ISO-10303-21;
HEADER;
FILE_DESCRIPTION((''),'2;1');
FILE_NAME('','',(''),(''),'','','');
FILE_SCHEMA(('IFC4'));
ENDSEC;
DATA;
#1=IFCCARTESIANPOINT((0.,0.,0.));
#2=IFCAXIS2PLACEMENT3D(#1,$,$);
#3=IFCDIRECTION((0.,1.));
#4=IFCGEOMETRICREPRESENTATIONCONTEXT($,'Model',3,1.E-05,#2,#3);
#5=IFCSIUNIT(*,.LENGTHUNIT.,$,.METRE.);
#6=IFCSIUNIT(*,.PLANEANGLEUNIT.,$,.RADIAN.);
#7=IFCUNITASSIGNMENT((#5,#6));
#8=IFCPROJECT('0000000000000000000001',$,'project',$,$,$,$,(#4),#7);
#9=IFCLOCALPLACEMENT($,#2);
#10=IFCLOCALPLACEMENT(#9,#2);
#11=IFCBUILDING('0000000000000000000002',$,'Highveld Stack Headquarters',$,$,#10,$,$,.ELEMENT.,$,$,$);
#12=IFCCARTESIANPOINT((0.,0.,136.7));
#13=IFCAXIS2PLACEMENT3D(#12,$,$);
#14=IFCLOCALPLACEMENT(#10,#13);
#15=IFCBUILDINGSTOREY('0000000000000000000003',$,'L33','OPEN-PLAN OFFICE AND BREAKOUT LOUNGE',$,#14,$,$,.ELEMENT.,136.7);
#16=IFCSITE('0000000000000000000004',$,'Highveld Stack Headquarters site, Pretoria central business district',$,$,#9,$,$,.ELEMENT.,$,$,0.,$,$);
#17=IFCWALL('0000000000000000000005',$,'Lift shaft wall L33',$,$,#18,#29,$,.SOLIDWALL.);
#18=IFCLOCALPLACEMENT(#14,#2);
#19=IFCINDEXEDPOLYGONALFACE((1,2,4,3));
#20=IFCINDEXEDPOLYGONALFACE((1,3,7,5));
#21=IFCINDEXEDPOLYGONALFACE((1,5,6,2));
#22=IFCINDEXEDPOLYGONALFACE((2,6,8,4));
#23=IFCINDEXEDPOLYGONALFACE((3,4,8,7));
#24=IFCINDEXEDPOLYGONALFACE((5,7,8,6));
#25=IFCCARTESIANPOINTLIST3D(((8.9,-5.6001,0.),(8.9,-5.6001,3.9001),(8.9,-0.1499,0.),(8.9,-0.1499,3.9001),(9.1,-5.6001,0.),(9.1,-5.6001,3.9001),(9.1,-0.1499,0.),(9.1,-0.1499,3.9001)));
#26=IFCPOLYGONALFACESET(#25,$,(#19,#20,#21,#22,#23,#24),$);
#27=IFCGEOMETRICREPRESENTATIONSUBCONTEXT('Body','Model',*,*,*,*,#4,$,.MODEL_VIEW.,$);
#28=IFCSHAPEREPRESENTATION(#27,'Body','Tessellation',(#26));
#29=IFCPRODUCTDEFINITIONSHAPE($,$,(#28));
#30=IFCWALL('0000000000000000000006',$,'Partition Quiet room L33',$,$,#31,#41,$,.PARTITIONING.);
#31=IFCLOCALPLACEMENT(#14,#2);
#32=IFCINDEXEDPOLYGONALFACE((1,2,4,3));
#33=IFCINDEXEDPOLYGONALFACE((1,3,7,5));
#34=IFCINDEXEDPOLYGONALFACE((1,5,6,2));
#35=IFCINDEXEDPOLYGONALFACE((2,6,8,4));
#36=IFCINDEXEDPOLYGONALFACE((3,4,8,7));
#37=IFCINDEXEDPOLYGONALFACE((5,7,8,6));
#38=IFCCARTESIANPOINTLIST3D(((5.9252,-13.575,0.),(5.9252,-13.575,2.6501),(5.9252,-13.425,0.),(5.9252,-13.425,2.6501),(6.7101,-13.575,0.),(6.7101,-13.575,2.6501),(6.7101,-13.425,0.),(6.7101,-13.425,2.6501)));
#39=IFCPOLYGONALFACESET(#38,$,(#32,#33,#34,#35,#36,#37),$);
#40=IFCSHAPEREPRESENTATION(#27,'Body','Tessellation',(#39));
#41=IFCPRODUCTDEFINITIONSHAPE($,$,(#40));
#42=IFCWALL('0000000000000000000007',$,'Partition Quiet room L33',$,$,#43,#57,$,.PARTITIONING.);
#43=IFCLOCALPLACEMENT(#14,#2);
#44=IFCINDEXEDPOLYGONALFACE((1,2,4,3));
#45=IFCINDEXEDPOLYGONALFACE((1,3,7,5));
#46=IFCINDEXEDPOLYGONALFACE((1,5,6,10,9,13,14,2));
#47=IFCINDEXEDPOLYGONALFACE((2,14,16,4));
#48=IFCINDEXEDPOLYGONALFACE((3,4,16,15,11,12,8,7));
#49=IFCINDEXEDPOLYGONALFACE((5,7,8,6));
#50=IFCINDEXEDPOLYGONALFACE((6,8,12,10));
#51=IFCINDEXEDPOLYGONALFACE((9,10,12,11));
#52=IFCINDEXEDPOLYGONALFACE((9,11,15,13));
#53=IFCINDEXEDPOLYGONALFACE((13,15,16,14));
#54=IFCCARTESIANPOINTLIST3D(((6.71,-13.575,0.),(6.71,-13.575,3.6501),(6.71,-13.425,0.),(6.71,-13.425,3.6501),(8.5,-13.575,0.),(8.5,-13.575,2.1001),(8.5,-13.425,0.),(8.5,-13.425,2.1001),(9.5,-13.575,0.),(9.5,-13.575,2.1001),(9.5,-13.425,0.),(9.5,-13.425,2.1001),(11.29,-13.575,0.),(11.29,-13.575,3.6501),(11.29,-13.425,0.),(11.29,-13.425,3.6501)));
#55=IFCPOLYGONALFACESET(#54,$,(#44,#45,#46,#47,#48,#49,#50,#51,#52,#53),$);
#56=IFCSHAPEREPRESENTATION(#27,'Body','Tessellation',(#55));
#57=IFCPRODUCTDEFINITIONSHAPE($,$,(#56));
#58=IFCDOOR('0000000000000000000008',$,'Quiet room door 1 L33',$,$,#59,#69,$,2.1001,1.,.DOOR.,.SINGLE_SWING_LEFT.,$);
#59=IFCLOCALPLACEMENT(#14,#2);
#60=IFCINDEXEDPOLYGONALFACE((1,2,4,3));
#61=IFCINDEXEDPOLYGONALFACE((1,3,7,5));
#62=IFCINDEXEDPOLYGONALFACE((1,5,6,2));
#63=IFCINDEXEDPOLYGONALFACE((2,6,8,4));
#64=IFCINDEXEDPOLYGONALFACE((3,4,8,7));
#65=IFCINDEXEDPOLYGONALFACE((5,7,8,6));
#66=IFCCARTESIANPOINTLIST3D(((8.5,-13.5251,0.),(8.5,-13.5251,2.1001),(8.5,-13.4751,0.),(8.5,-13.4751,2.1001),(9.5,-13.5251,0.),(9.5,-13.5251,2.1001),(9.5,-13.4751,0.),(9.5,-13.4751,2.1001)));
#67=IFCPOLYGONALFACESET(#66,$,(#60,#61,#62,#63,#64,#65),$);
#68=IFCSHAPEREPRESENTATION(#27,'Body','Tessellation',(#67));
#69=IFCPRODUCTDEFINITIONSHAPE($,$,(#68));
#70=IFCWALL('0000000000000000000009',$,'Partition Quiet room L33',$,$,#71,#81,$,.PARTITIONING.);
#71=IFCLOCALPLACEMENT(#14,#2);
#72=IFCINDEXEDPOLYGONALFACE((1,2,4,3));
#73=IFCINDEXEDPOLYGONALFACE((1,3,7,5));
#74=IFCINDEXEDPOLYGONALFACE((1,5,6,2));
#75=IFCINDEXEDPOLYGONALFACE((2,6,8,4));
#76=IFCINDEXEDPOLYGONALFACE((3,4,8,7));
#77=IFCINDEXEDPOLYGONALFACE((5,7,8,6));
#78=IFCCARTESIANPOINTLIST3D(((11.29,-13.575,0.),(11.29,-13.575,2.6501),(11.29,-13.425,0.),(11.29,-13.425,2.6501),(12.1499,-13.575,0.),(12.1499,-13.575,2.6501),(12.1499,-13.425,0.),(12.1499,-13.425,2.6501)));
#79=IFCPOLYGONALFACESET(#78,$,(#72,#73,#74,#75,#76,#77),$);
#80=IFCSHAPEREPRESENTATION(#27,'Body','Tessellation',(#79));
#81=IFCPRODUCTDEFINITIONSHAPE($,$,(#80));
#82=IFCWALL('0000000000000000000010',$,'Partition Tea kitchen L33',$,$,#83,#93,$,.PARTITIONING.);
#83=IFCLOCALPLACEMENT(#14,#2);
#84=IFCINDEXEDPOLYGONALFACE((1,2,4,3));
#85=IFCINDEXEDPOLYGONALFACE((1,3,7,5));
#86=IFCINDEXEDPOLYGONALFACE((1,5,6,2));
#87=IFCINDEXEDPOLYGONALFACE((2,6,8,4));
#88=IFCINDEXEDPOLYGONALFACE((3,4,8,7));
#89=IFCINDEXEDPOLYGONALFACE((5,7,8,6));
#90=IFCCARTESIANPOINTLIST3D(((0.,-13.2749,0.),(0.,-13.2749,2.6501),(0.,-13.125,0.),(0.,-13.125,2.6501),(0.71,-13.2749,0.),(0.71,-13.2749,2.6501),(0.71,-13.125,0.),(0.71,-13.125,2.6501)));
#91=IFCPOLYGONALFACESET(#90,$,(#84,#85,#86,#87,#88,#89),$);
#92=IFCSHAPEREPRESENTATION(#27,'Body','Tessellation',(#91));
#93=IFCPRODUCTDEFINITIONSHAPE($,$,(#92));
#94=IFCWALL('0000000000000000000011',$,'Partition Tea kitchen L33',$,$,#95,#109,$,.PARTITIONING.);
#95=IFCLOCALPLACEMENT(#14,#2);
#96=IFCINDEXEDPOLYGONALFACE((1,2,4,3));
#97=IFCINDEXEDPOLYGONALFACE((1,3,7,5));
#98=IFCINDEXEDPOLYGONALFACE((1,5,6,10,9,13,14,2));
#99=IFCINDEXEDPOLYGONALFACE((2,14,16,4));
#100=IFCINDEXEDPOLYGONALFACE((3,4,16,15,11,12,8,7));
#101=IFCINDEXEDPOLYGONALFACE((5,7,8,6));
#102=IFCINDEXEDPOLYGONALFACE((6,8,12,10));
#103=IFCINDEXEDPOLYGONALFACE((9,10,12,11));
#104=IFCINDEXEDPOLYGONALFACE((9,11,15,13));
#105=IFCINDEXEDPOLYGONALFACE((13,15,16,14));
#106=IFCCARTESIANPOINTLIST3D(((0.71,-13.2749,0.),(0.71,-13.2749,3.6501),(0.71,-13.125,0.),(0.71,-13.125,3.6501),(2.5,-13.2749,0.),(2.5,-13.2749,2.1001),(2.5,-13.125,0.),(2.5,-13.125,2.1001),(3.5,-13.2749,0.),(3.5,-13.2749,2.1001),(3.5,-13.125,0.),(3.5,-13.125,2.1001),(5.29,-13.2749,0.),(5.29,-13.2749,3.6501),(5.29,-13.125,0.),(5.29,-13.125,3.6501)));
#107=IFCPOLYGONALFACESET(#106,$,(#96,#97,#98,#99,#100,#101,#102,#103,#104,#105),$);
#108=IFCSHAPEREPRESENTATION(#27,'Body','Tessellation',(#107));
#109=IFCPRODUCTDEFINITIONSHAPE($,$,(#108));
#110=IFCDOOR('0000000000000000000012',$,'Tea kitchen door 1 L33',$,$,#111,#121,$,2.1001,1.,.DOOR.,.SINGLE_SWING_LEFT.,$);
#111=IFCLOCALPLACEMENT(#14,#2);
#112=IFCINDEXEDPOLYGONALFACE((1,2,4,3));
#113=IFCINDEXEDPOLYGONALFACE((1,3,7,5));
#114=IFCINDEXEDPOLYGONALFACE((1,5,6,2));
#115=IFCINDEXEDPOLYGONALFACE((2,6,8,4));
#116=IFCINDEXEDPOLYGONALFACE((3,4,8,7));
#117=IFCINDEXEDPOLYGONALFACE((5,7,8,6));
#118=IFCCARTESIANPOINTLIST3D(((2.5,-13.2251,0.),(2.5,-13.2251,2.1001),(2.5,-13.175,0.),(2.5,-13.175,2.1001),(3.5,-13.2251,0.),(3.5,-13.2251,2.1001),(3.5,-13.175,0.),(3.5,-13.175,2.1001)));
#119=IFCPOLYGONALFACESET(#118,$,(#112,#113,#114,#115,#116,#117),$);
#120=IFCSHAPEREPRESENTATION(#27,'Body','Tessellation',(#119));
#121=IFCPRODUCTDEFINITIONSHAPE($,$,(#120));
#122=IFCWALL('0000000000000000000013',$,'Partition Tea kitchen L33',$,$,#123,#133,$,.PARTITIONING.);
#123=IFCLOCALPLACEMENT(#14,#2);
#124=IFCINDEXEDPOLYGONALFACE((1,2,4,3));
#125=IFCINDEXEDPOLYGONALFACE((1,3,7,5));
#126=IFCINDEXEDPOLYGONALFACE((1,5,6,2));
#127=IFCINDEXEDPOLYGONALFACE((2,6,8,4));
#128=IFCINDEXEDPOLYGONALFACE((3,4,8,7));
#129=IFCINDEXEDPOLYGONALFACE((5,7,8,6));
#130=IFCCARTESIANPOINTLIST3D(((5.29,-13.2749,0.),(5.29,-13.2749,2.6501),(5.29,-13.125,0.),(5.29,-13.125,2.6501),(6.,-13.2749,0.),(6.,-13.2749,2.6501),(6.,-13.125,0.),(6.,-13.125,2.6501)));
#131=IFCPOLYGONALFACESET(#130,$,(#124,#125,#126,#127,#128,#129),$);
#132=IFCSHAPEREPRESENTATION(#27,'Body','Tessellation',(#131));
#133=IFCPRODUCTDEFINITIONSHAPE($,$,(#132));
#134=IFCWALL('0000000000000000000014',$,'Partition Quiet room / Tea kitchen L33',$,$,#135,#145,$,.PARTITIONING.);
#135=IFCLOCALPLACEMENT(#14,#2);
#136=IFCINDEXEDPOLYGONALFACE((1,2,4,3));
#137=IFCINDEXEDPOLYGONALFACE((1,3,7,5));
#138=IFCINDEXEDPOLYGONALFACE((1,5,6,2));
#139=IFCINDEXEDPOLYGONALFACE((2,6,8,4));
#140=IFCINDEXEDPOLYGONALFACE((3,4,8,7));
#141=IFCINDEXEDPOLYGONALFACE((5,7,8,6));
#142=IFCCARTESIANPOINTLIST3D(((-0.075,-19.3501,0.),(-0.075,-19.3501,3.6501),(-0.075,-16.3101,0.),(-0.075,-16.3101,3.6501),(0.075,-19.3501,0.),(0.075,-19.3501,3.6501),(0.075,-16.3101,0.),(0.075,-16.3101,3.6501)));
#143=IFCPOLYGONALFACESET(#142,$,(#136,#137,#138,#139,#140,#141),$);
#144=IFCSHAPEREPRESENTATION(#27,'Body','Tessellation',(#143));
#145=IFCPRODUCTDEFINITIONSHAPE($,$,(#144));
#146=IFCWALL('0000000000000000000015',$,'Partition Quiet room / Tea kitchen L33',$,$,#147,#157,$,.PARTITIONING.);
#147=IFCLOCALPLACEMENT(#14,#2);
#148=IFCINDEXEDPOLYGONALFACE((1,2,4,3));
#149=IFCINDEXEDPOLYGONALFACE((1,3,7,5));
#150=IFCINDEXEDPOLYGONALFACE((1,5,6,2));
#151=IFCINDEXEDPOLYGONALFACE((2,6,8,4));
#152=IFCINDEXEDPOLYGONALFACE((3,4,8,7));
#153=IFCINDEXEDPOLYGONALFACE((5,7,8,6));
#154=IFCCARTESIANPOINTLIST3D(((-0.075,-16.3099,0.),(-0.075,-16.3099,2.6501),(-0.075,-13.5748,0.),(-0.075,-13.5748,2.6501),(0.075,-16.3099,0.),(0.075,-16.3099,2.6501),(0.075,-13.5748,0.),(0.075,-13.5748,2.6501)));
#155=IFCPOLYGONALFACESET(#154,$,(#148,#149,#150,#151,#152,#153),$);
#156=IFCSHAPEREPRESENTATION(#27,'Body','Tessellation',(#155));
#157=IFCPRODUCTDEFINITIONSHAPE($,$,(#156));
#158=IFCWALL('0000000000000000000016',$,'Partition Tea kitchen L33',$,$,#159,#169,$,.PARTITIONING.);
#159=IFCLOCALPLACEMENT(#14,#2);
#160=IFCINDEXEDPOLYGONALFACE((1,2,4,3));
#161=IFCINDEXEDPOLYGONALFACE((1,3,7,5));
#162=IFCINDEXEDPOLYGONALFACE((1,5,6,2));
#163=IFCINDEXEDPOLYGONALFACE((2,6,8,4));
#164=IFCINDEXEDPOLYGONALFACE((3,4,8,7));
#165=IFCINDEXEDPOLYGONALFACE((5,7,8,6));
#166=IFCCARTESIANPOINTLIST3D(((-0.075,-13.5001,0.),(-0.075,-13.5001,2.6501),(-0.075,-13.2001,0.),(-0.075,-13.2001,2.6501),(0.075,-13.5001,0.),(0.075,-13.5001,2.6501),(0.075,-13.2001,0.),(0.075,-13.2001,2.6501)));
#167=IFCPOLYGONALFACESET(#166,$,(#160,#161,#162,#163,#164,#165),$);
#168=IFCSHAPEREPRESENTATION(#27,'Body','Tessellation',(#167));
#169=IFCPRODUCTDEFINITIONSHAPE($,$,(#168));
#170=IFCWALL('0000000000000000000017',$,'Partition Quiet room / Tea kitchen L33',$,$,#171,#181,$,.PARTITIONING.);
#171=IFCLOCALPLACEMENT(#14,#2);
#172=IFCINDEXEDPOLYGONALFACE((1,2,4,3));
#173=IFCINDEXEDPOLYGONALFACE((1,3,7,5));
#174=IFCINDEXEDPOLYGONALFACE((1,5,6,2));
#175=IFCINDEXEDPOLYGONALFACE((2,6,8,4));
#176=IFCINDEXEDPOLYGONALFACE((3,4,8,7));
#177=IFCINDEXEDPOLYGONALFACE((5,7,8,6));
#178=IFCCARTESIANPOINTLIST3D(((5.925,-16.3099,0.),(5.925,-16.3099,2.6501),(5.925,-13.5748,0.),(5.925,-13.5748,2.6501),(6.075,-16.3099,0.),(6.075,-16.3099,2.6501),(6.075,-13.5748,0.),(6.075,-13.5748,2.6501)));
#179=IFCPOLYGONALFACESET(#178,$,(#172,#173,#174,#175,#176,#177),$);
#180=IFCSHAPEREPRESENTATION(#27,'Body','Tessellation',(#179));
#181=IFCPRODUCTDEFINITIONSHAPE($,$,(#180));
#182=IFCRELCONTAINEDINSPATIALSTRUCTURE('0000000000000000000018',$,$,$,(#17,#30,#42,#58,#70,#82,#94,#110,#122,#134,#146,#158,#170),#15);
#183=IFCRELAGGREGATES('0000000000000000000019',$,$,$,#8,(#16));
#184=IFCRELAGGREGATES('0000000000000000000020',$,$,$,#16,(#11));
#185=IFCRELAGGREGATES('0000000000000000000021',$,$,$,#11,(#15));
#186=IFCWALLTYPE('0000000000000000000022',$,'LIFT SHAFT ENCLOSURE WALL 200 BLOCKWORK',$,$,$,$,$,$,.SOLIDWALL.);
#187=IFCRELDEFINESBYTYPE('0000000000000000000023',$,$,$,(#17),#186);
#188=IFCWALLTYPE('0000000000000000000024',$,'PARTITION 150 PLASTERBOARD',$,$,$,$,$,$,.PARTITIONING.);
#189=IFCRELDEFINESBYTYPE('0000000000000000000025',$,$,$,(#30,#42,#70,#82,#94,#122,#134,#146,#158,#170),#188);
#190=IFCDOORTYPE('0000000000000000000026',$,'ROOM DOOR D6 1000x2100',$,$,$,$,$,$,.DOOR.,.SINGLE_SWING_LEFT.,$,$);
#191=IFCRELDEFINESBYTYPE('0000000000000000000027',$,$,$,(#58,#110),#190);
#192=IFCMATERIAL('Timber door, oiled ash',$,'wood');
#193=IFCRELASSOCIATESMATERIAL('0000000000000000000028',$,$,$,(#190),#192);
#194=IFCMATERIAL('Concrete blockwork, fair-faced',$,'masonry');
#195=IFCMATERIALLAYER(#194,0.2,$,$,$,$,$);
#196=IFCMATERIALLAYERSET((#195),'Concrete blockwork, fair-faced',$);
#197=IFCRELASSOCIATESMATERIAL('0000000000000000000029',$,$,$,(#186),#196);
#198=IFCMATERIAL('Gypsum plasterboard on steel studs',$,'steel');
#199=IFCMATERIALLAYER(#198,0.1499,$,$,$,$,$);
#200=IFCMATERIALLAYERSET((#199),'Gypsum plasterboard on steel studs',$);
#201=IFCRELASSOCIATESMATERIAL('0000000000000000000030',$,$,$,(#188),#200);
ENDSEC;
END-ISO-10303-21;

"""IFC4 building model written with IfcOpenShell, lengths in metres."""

from ifc_helpers import new_model, si_unit, direction, frame, frame_2d, origin, place, context, subcontext, project, spatial, rectangle, extrude, material, layer, layer_set, type_object, element, fill, save


model = new_model("IFC4")

# Units and contexts
model_context = context("Model", 3, precision=1e-05, world=origin(), true_north=direction((0.0, 1.0)))
body_context = subcontext(model_context, "Body", "Model", "MODEL_VIEW")
ifc_project = project(units=[si_unit("LENGTHUNIT", "METRE"), si_unit("PLANEANGLEUNIT", "RADIAN")], contexts=[model_context])

# Site, building, storey
site_placement = place(None, origin())
site = spatial("IfcSite", under=ifc_project, at=site_placement, Name="Highveld Stack Headquarters site, Pretoria central business district", CompositionType="ELEMENT", RefElevation=0.0)
building_placement = place(site_placement, origin())
building = spatial("IfcBuilding", under=site, at=building_placement, Name="Highveld Stack Headquarters", CompositionType="ELEMENT")
storey_placement = place(building_placement, frame((0.0, 0.0, 136.7)))
storey = spatial("IfcBuildingStorey", under=building, at=storey_placement, Name="L33", Description="OPEN-PLAN OFFICE AND BREAKOUT LOUNGE", CompositionType="ELEMENT", Elevation=136.7)

# Shared definitions
ifc_material_1 = material(Name="Timber door, oiled ash", Category="wood")
door_type = type_object("IfcDoorType", Name="ROOM DOOR D6 1000x2100", OperationType="SINGLE_SWING_LEFT", PredefinedType="DOOR", material=ifc_material_1)

# Walls
ifc_material_2 = material(Name="Concrete blockwork, fair-faced", Category="masonry")
ifc_layer_1 = layer(ifc_material_2, 0.2)
ifc_layer_set_1 = layer_set([ifc_layer_1], Name="Concrete blockwork, fair-faced")
wall_type_1 = type_object("IfcWallType", Name="LIFT SHAFT ENCLOSURE WALL 200 BLOCKWORK", PredefinedType="SOLIDWALL", material=ifc_layer_set_1)
for number, where, z_axis, x_axis, name in (
    (1, (9.0, -5.6001, 0.0), (0.0, 0.0, 1.0), (0.0, 1.0, 0.0), "Lift shaft wall L33"),
):
    element("IfcWall", number, at=place(storey_placement, frame(where, z_axis=z_axis, x_axis=x_axis)), inside=storey, type_object=wall_type_1, Name=name, PredefinedType="SOLIDWALL", context=body_context, shape_type="SweptSolid", body=[
        extrude(rectangle(XDim=5.4502, YDim=0.2, at=frame_2d((2.7251, 0.0))), origin(), (0.0, 0.0, 1.0), 3.9001),
    ])
ifc_material_3 = material(Name="Gypsum plasterboard on steel studs", Category="steel")
ifc_layer_2 = layer(ifc_material_3, 0.1499)
ifc_layer_set_2 = layer_set([ifc_layer_2], Name="Gypsum plasterboard on steel studs")
wall_type_2 = type_object("IfcWallType", Name="PARTITION 150 PLASTERBOARD", PredefinedType="PARTITIONING", material=ifc_layer_set_2)
wall_1_placement = place(storey_placement, frame((5.925, -13.5, 0.0), z_axis=(0.0, 0.0, 1.0), x_axis=(1.0, 0.0, 0.0)))
element("IfcWall", 2, at=wall_1_placement, inside=storey, type_object=wall_type_2, Name="Partition Quiet room L33", PredefinedType="PARTITIONING", context=body_context, shape_type="SweptSolid", body=[
    extrude(rectangle(XDim=0.7849, YDim=0.1499, at=frame_2d((0.3926, 0.0))), origin(), (0.0, 0.0, 1.0), 2.6501),
])

# Wall, opening, door
wall_2_placement = place(storey_placement, frame((6.71, -13.5, 0.0), z_axis=(0.0, 0.0, 1.0), x_axis=(1.0, 0.0, 0.0)))
wall_2 = element("IfcWall", 3, at=wall_2_placement, inside=storey, type_object=wall_type_2, Name="Partition Quiet room L33", PredefinedType="PARTITIONING", context=body_context, shape_type="SweptSolid", body=[
    extrude(rectangle(XDim=4.5801, YDim=0.1499, at=frame_2d((2.29, 0.0))), origin(), (0.0, 0.0, 1.0), 3.6501),
])
opening_1_placement = place(wall_2_placement, frame((1.79, 0.0, 0.0)))
opening_1 = element("IfcOpeningElement", 4, at=opening_1_placement, cuts=wall_2, PredefinedType="OPENING", context=body_context, shape_type="SweptSolid", body=[
    extrude(rectangle(XDim=1.0, YDim=2.1001, at=frame_2d((0.5, 1.05))), frame((0.0, 0.085, 0.0), z_axis=(0.0, -1.0, 0.0), x_axis=(1.0, 0.0, 0.0)), (0.0, 0.0, 1.0), 0.1699),
])
door_1_placement = place(opening_1_placement, origin())
door_1 = element("IfcDoor", 5, at=door_1_placement, inside=storey, type_object=door_type, Name="Quiet room door 1 L33", OperationType="SINGLE_SWING_LEFT", OverallHeight=2.1001, OverallWidth=1.0, PredefinedType="DOOR", context=body_context, shape_type="SweptSolid", body=[
    extrude(rectangle(XDim=1.0, YDim=2.1001, at=frame_2d((0.5, 1.05))), frame((0.0, 0.0249, 0.0), z_axis=(0.0, -1.0, 0.0), x_axis=(1.0, 0.0, 0.0)), (0.0, 0.0, 1.0), 0.05),
])
fill(opening_1, door_1)

# Walls
wall_3_placement = place(storey_placement, frame((11.29, -13.5, 0.0), z_axis=(0.0, 0.0, 1.0), x_axis=(1.0, 0.0, 0.0)))
element("IfcWall", 6, at=wall_3_placement, inside=storey, type_object=wall_type_2, Name="Partition Quiet room L33", PredefinedType="PARTITIONING", context=body_context, shape_type="SweptSolid", body=[
    extrude(rectangle(XDim=0.8599, YDim=0.1499, at=frame_2d((0.4299, 0.0))), origin(), (0.0, 0.0, 1.0), 2.6501),
])
wall_4_placement = place(storey_placement, frame((0.0, -13.2, 0.0), z_axis=(0.0, 0.0, 1.0), x_axis=(1.0, 0.0, 0.0)))
element("IfcWall", 7, at=wall_4_placement, inside=storey, type_object=wall_type_2, Name="Partition Tea kitchen L33", PredefinedType="PARTITIONING", context=body_context, shape_type="SweptSolid", body=[
    extrude(rectangle(XDim=0.71, YDim=0.1499, at=frame_2d((0.355, 0.0))), origin(), (0.0, 0.0, 1.0), 2.6501),
])

# Wall, opening, door
wall_5_placement = place(storey_placement, frame((0.71, -13.2, 0.0), z_axis=(0.0, 0.0, 1.0), x_axis=(1.0, 0.0, 0.0)))
wall_5 = element("IfcWall", 8, at=wall_5_placement, inside=storey, type_object=wall_type_2, Name="Partition Tea kitchen L33", PredefinedType="PARTITIONING", context=body_context, shape_type="SweptSolid", body=[
    extrude(rectangle(XDim=4.5801, YDim=0.1499, at=frame_2d((2.29, 0.0))), origin(), (0.0, 0.0, 1.0), 3.6501),
])
opening_2_placement = place(wall_5_placement, frame((1.79, 0.0, 0.0)))
opening_2 = element("IfcOpeningElement", 9, at=opening_2_placement, cuts=wall_5, PredefinedType="OPENING", context=body_context, shape_type="SweptSolid", body=[
    extrude(rectangle(XDim=1.0, YDim=2.1001, at=frame_2d((0.5, 1.05))), frame((0.0, 0.085, 0.0), z_axis=(0.0, -1.0, 0.0), x_axis=(1.0, 0.0, 0.0)), (0.0, 0.0, 1.0), 0.1699),
])
door_2_placement = place(opening_2_placement, origin())
door_2 = element("IfcDoor", 10, at=door_2_placement, inside=storey, type_object=door_type, Name="Tea kitchen door 1 L33", OperationType="SINGLE_SWING_LEFT", OverallHeight=2.1001, OverallWidth=1.0, PredefinedType="DOOR", context=body_context, shape_type="SweptSolid", body=[
    extrude(rectangle(XDim=1.0, YDim=2.1001, at=frame_2d((0.5, 1.05))), frame((0.0, 0.0249, 0.0), z_axis=(0.0, -1.0, 0.0), x_axis=(1.0, 0.0, 0.0)), (0.0, 0.0, 1.0), 0.05),
])
fill(opening_2, door_2)

# Walls
wall_6_placement = place(storey_placement, frame((5.29, -13.2, 0.0), z_axis=(0.0, 0.0, 1.0), x_axis=(1.0, 0.0, 0.0)))
element("IfcWall", 11, at=wall_6_placement, inside=storey, type_object=wall_type_2, Name="Partition Tea kitchen L33", PredefinedType="PARTITIONING", context=body_context, shape_type="SweptSolid", body=[
    extrude(rectangle(XDim=0.71, YDim=0.1499, at=frame_2d((0.355, 0.0))), origin(), (0.0, 0.0, 1.0), 2.6501),
])
wall_7_placement = place(storey_placement, frame((0.0, -19.3501, 0.0), z_axis=(0.0, 0.0, 1.0), x_axis=(0.0, 1.0, 0.0)))
element("IfcWall", 12, at=wall_7_placement, inside=storey, type_object=wall_type_2, Name="Partition Quiet room / Tea kitchen L33", PredefinedType="PARTITIONING", context=body_context, shape_type="SweptSolid", body=[
    extrude(rectangle(XDim=3.04, YDim=0.1499, at=frame_2d((1.52, 0.0))), origin(), (0.0, 0.0, 1.0), 3.6501),
])
wall_8_placement = place(storey_placement, frame((0.0, -16.3101, 0.0), z_axis=(0.0, 0.0, 1.0), x_axis=(0.0, 1.0, 0.0)))
element("IfcWall", 13, at=wall_8_placement, inside=storey, type_object=wall_type_2, Name="Partition Quiet room / Tea kitchen L33", PredefinedType="PARTITIONING", context=body_context, shape_type="SweptSolid", body=[
    extrude(rectangle(XDim=2.7351, YDim=0.1499, at=frame_2d((1.3677, 0.0))), origin(), (0.0, 0.0, 1.0), 2.6501),
])
wall_9_placement = place(storey_placement, frame((0.0, -13.5, 0.0), z_axis=(0.0, 0.0, 1.0), x_axis=(0.0, 1.0, 0.0)))
element("IfcWall", 14, at=wall_9_placement, inside=storey, type_object=wall_type_2, Name="Partition Tea kitchen L33", PredefinedType="PARTITIONING", context=body_context, shape_type="SweptSolid", body=[
    extrude(rectangle(XDim=0.3, YDim=0.1499, at=frame_2d((0.1499, 0.0))), origin(), (0.0, 0.0, 1.0), 2.6501),
])
wall_10_placement = place(storey_placement, frame((6.0, -16.3101, 0.0), z_axis=(0.0, 0.0, 1.0), x_axis=(0.0, 1.0, 0.0)))
element("IfcWall", 15, at=wall_10_placement, inside=storey, type_object=wall_type_2, Name="Partition Quiet room / Tea kitchen L33", PredefinedType="PARTITIONING", context=body_context, shape_type="SweptSolid", body=[
    extrude(rectangle(XDim=2.7351, YDim=0.1499, at=frame_2d((1.3677, 0.0))), origin(), (0.0, 0.0, 1.0), 2.6501),
])

save(model, "model.ifc")
